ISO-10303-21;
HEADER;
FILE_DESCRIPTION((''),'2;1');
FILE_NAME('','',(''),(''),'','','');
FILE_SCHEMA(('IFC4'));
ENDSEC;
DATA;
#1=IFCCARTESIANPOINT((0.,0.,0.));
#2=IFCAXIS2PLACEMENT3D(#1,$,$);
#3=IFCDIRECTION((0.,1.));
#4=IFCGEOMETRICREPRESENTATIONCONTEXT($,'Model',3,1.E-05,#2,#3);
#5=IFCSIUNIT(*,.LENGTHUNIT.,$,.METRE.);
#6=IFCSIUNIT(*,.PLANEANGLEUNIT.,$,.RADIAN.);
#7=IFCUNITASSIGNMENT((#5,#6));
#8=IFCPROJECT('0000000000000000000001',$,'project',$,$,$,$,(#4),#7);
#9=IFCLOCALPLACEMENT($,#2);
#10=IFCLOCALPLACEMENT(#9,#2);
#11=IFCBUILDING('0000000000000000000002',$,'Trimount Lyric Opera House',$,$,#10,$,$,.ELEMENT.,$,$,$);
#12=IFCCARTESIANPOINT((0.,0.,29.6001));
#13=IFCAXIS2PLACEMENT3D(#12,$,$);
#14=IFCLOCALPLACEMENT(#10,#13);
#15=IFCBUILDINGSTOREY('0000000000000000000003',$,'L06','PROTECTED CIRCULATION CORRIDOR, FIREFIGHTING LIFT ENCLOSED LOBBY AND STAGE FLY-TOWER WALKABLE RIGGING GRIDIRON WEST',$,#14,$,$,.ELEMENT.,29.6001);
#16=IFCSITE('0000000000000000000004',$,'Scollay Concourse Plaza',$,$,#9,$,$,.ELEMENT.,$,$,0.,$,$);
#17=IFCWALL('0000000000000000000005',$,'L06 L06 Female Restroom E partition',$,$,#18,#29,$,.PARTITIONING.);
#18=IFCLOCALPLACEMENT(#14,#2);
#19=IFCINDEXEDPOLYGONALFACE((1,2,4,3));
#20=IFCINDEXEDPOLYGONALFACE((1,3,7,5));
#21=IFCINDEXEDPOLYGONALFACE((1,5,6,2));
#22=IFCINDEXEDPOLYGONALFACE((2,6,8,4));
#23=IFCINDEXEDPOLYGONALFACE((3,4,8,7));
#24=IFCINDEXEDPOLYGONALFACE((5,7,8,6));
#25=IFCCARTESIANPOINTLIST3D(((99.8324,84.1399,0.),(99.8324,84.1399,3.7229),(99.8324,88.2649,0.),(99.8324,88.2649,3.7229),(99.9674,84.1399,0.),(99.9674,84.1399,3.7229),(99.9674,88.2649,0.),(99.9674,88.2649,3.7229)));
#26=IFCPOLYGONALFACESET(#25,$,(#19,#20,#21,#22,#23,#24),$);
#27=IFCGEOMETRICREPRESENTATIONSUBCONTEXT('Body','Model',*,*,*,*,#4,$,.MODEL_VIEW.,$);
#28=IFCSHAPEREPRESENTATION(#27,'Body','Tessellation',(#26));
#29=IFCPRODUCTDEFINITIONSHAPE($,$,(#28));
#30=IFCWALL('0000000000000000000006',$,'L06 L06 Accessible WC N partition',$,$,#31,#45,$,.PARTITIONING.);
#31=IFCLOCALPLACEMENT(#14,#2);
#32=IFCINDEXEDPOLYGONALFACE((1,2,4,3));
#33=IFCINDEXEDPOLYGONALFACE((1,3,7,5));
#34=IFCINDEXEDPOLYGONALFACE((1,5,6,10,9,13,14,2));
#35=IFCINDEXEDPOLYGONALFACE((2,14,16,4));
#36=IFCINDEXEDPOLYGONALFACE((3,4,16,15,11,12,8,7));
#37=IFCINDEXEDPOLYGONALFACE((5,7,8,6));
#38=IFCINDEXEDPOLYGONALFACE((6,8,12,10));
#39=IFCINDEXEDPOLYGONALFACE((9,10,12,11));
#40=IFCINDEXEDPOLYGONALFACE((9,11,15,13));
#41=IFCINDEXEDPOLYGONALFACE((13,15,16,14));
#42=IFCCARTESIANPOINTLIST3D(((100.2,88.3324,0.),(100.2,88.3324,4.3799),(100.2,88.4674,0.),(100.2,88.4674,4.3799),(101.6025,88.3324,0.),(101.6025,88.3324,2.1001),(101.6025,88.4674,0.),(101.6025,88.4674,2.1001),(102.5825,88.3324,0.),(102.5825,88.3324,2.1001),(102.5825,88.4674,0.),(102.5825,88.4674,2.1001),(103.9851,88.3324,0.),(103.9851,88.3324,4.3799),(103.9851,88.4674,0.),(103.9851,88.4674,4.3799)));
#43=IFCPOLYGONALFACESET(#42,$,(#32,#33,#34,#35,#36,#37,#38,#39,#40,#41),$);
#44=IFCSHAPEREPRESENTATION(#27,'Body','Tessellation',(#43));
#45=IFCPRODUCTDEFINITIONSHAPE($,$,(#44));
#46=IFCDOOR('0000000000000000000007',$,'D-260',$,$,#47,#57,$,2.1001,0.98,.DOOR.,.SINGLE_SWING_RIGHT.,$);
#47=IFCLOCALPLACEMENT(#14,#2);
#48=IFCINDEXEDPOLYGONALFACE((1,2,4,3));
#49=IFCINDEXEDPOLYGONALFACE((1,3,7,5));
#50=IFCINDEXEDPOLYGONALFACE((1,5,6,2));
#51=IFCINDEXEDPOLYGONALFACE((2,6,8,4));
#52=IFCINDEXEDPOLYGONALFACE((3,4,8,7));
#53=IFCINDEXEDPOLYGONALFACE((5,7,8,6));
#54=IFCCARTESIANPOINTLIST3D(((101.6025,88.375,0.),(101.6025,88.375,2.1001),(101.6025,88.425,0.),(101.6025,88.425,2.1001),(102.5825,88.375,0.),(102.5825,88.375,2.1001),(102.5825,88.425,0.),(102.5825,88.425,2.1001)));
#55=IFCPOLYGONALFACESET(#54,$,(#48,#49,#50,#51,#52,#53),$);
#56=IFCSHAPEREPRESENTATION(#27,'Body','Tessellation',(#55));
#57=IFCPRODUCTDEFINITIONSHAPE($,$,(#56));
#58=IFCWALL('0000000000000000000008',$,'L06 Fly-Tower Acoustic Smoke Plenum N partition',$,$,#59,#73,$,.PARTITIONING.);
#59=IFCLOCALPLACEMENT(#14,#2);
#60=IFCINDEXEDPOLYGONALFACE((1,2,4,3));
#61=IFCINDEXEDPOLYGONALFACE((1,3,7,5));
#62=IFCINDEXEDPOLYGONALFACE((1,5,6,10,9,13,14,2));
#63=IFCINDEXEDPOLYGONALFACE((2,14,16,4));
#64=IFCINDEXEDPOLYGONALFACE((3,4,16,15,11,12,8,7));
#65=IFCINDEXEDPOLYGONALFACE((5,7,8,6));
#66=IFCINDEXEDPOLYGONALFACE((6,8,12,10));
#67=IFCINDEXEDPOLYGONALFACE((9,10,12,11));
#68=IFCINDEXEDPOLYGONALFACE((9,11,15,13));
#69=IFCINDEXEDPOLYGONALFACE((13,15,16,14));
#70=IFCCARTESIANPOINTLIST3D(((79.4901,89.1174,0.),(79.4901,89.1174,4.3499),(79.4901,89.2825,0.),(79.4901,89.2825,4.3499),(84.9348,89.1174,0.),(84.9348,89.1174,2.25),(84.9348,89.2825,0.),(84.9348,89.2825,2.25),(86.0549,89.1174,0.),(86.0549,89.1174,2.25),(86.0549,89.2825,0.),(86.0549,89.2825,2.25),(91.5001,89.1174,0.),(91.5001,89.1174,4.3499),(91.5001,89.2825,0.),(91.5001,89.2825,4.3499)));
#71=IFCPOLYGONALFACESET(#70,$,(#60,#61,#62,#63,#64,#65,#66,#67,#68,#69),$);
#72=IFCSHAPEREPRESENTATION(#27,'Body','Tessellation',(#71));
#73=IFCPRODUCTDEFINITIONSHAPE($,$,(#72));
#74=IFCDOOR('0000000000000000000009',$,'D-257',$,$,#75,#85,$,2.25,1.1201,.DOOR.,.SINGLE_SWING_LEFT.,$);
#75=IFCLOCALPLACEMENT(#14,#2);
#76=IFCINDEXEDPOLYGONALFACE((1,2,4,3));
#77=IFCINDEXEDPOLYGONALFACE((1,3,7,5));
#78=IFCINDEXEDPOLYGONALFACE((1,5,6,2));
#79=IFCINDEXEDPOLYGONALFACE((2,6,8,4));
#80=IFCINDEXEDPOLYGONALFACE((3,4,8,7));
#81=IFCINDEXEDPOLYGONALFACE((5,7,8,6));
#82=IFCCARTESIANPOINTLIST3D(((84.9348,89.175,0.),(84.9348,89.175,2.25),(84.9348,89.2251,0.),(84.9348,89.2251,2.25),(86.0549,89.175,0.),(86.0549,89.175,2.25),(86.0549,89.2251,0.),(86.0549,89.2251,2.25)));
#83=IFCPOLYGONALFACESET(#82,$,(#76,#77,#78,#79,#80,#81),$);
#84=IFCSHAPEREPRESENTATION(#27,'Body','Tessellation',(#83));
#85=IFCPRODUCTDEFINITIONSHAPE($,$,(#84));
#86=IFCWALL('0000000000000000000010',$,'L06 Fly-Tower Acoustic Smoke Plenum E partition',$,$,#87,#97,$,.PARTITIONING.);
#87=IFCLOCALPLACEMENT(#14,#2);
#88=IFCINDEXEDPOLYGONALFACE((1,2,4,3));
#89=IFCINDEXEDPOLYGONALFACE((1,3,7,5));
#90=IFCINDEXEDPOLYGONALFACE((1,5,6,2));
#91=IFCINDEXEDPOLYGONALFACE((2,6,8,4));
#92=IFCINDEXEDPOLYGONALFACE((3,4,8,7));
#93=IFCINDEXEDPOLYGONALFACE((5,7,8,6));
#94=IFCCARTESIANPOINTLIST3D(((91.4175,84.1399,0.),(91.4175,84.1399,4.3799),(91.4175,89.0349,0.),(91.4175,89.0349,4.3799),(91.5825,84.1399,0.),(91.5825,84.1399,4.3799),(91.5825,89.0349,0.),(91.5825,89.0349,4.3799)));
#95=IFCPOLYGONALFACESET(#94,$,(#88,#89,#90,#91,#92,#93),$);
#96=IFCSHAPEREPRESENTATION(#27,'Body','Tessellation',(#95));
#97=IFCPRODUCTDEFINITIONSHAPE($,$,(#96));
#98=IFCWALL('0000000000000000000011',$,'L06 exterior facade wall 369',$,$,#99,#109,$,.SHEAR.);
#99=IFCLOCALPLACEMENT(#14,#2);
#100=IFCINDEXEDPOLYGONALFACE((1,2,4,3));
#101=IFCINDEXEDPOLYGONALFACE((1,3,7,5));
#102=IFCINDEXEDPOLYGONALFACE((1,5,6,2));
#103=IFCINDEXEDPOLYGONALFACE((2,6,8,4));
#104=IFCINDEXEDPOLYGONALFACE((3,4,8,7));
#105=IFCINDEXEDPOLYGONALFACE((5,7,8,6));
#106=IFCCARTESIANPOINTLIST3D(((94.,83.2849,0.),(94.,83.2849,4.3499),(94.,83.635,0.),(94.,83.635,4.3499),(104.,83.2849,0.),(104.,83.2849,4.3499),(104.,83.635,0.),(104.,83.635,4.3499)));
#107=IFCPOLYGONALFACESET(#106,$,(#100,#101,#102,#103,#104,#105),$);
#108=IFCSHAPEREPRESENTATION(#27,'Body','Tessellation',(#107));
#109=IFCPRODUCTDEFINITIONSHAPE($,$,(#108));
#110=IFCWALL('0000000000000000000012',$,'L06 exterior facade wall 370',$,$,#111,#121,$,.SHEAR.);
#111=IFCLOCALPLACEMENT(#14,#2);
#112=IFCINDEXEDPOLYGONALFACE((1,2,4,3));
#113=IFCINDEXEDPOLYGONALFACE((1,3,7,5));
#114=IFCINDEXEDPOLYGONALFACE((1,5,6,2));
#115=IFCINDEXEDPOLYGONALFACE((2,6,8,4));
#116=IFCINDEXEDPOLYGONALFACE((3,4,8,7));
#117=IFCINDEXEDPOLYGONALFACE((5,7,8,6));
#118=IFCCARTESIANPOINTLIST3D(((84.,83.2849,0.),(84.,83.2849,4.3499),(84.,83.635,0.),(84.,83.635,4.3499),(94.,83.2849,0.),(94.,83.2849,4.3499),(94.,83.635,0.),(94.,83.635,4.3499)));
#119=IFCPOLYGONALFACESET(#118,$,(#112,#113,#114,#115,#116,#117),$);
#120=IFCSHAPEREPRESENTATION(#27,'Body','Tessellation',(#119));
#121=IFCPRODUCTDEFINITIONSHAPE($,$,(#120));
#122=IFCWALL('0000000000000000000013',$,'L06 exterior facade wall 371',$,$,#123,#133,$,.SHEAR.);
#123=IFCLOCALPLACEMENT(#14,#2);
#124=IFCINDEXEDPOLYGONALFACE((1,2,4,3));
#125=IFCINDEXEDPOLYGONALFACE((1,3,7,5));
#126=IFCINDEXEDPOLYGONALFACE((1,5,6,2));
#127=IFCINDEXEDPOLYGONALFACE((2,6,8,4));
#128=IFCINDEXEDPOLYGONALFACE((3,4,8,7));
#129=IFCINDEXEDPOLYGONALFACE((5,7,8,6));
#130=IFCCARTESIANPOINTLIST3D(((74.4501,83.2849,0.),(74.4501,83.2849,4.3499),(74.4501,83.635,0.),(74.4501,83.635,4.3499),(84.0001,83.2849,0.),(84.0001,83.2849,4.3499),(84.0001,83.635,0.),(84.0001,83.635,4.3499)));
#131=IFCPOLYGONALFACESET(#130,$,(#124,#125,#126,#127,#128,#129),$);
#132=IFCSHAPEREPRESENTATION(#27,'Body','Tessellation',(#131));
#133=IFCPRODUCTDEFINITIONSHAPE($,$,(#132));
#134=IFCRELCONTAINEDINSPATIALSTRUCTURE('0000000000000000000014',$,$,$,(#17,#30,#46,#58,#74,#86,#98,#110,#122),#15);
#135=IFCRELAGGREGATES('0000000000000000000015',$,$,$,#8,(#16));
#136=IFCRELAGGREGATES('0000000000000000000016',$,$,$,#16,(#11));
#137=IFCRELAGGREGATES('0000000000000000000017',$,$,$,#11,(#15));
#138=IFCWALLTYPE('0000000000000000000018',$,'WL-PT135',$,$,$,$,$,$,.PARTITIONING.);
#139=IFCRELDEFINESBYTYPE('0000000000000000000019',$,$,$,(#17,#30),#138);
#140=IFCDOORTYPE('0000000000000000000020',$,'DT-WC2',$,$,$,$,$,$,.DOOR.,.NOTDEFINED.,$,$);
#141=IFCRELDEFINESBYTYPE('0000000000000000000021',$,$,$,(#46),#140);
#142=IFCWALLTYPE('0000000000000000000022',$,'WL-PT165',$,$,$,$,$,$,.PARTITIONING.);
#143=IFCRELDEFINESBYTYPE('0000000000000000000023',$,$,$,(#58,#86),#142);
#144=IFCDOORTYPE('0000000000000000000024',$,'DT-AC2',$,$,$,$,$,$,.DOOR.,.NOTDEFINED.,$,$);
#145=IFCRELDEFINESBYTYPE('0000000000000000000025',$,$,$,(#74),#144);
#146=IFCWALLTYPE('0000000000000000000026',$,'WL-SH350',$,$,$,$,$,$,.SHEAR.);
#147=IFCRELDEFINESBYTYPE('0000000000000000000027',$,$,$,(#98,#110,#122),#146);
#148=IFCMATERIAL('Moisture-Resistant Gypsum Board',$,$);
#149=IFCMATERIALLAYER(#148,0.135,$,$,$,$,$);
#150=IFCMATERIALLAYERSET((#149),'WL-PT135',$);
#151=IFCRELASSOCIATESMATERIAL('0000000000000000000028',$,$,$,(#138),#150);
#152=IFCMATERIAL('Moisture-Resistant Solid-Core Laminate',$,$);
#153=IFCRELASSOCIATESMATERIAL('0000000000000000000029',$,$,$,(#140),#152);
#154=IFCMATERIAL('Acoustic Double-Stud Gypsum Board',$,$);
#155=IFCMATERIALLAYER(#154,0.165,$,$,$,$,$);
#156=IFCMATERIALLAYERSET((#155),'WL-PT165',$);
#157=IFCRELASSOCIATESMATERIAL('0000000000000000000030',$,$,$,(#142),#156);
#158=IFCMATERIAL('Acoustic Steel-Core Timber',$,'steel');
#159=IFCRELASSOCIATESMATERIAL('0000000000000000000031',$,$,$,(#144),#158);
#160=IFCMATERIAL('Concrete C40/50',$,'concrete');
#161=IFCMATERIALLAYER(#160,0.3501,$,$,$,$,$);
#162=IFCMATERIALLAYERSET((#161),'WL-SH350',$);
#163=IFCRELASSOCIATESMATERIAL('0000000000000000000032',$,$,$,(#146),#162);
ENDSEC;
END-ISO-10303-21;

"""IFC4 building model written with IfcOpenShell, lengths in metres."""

from ifc_helpers import new_model, si_unit, direction, frame, frame_2d, origin, place, context, subcontext, project, spatial, rectangle, extrude, material, layer, layer_set, type_object, element, fill, save


model = new_model("IFC4")

# Units and contexts
model_context = context("Model", 3, precision=1e-05, world=origin(), true_north=direction((0.0, 1.0)))
body_context = subcontext(model_context, "Body", "Model", "MODEL_VIEW")
ifc_project = project(units=[si_unit("LENGTHUNIT", "METRE"), si_unit("PLANEANGLEUNIT", "RADIAN")], contexts=[model_context])

# Site, building, storey
site_placement = place(None, origin())
site = spatial("IfcSite", under=ifc_project, at=site_placement, Name="Scollay Concourse Plaza", CompositionType="ELEMENT", RefElevation=0.0)
building_placement = place(site_placement, origin())
building = spatial("IfcBuilding", under=site, at=building_placement, Name="Trimount Lyric Opera House", CompositionType="ELEMENT")
storey_placement = place(building_placement, frame((0.0, 0.0, 29.6001)))
storey = spatial("IfcBuildingStorey", under=building, at=storey_placement, Name="L06", Description="PROTECTED CIRCULATION CORRIDOR, FIREFIGHTING LIFT ENCLOSED LOBBY AND STAGE FLY-TOWER WALKABLE RIGGING GRIDIRON WEST", CompositionType="ELEMENT", Elevation=29.6001)

# Shared definitions
ifc_material_1 = material(Name="Moisture-Resistant Gypsum Board")
ifc_layer_1 = layer(ifc_material_1, 0.135)
ifc_layer_set_1 = layer_set([ifc_layer_1], Name="WL-PT135")
wall_type_1 = type_object("IfcWallType", Name="WL-PT135", PredefinedType="PARTITIONING", material=ifc_layer_set_1)

# Wall
wall_1_placement = place(storey_placement, frame((99.8999, 84.1399, 0.0), z_axis=(0.0, 0.0, 1.0), x_axis=(0.0, 1.0, 0.0)))
element("IfcWall", 1, at=wall_1_placement, inside=storey, type_object=wall_type_1, Name="L06 L06 Female Restroom E partition", PredefinedType="PARTITIONING", context=body_context, shape_type="SweptSolid", body=[
    extrude(rectangle(XDim=4.125, YDim=0.135, at=frame_2d((2.0625, 0.0))), origin(), (0.0, 0.0, 1.0), 3.7229),
])

# Walls, openings, doors
wall_2_placement = place(storey_placement, frame((103.9851, 88.3999, 0.0), z_axis=(0.0, 0.0, 1.0), x_axis=(-1.0, 0.0, 0.0)))
wall_2 = element("IfcWall", 2, at=wall_2_placement, inside=storey, type_object=wall_type_1, Name="L06 L06 Accessible WC N partition", PredefinedType="PARTITIONING", context=body_context, shape_type="SweptSolid", body=[
    extrude(rectangle(XDim=3.7852, YDim=0.135, at=frame_2d((1.8926, 0.0))), origin(), (0.0, 0.0, 1.0), 4.3799),
])
opening_1_placement = place(wall_2_placement, frame((1.4026, 0.0, 0.0)))
opening_1 = element("IfcOpeningElement", 3, at=opening_1_placement, cuts=wall_2, PredefinedType="OPENING", context=body_context, shape_type="SweptSolid", body=[
    extrude(rectangle(XDim=0.98, YDim=2.1001, at=frame_2d((0.49, 1.05))), frame((0.0, 0.0776, 0.0), z_axis=(0.0, -1.0, 0.0), x_axis=(1.0, 0.0, 0.0)), (0.0, 0.0, 1.0), 0.155),
])
ifc_material_2 = material(Name="Moisture-Resistant Solid-Core Laminate")
door_type_1 = type_object("IfcDoorType", Name="DT-WC2", OperationType="NOTDEFINED", PredefinedType="DOOR", material=ifc_material_2)
door_1_placement = place(opening_1_placement, origin())
door_1 = element("IfcDoor", 4, at=door_1_placement, inside=storey, type_object=door_type_1, Name="D-260", OperationType="SINGLE_SWING_RIGHT", OverallHeight=2.1001, OverallWidth=0.98, PredefinedType="DOOR", context=body_context, shape_type="SweptSolid", body=[
    extrude(rectangle(XDim=0.98, YDim=2.1001, at=frame_2d((0.49, 1.05))), frame((0.0, 0.0249, 0.0), z_axis=(0.0, -1.0, 0.0), x_axis=(1.0, 0.0, 0.0)), (0.0, 0.0, 1.0), 0.05),
])
fill(opening_1, door_1)
ifc_material_3 = material(Name="Acoustic Double-Stud Gypsum Board")
ifc_layer_2 = layer(ifc_material_3, 0.165)
ifc_layer_set_2 = layer_set([ifc_layer_2], Name="WL-PT165")
wall_type_2 = type_object("IfcWallType", Name="WL-PT165", PredefinedType="PARTITIONING", material=ifc_layer_set_2)
wall_3_placement = place(storey_placement, frame((91.5, 89.2, 0.0), z_axis=(0.0, 0.0, 1.0), x_axis=(-1.0, 0.0, 0.0)))
wall_3 = element("IfcWall", 5, at=wall_3_placement, inside=storey, type_object=wall_type_2, Name="L06 Fly-Tower Acoustic Smoke Plenum N partition", PredefinedType="PARTITIONING", context=body_context, shape_type="SweptSolid", body=[
    extrude(rectangle(XDim=12.01, YDim=0.165, at=frame_2d((6.0049, 0.0))), origin(), (0.0, 0.0, 1.0), 4.3499),
])
opening_2_placement = place(wall_3_placement, frame((5.4451, 0.0, 0.0)))
opening_2 = element("IfcOpeningElement", 6, at=opening_2_placement, cuts=wall_3, PredefinedType="OPENING", context=body_context, shape_type="SweptSolid", body=[
    extrude(rectangle(XDim=1.1201, YDim=2.25, at=frame_2d((0.5601, 1.125))), frame((0.0, 0.0925, 0.0), z_axis=(0.0, -1.0, 0.0), x_axis=(1.0, 0.0, 0.0)), (0.0, 0.0, 1.0), 0.1851),
])
ifc_material_4 = material(Name="Acoustic Steel-Core Timber", Category="steel")
door_type_2 = type_object("IfcDoorType", Name="DT-AC2", OperationType="NOTDEFINED", PredefinedType="DOOR", material=ifc_material_4)
door_2_placement = place(opening_2_placement, origin())
door_2 = element("IfcDoor", 7, at=door_2_placement, inside=storey, type_object=door_type_2, Name="D-257", OperationType="SINGLE_SWING_LEFT", OverallHeight=2.25, OverallWidth=1.1201, PredefinedType="DOOR", context=body_context, shape_type="SweptSolid", body=[
    extrude(rectangle(XDim=1.1201, YDim=2.25, at=frame_2d((0.5601, 1.125))), frame((0.0, 0.0249, 0.0), z_axis=(0.0, -1.0, 0.0), x_axis=(1.0, 0.0, 0.0)), (0.0, 0.0, 1.0), 0.05),
])
fill(opening_2, door_2)

# Walls
wall_4_placement = place(storey_placement, frame((91.5, 84.1399, 0.0), z_axis=(0.0, 0.0, 1.0), x_axis=(0.0, 1.0, 0.0)))
element("IfcWall", 8, at=wall_4_placement, inside=storey, type_object=wall_type_2, Name="L06 Fly-Tower Acoustic Smoke Plenum E partition", PredefinedType="PARTITIONING", context=body_context, shape_type="SweptSolid", body=[
    extrude(rectangle(XDim=4.895, YDim=0.165, at=frame_2d((2.4475, 0.0))), origin(), (0.0, 0.0, 1.0), 4.3799),
])
ifc_material_5 = material(Name="Concrete C40/50", Category="concrete")
ifc_layer_3 = layer(ifc_material_5, 0.3501)
ifc_layer_set_3 = layer_set([ifc_layer_3], Name="WL-SH350")
wall_type_3 = type_object("IfcWallType", Name="WL-SH350", PredefinedType="SHEAR", material=ifc_layer_set_3)
for number, where, z_axis, x_axis, name in (
    (9, (104.0, 83.46, 0.0), (0.0, 0.0, 1.0), (-1.0, 0.0, 0.0), "L06 exterior facade wall 369"),
    (10, (94.0, 83.46, 0.0), (0.0, 0.0, 1.0), (-1.0, 0.0, 0.0), "L06 exterior facade wall 370"),
):
    element("IfcWall", number, at=place(storey_placement, frame(where, z_axis=z_axis, x_axis=x_axis)), inside=storey, type_object=wall_type_3, Name=name, PredefinedType="SHEAR", context=body_context, shape_type="SweptSolid", body=[
        extrude(rectangle(XDim=10.0, YDim=0.3501, at=frame_2d((5.0, 0.0))), origin(), (0.0, 0.0, 1.0), 4.3499),
    ])
wall_5_placement = place(storey_placement, frame((84.0, 83.46, 0.0), z_axis=(0.0, 0.0, 1.0), x_axis=(-1.0, 0.0, 0.0)))
element("IfcWall", 11, at=wall_5_placement, inside=storey, type_object=wall_type_3, Name="L06 exterior facade wall 371", PredefinedType="SHEAR", context=body_context, shape_type="SweptSolid", body=[
    extrude(rectangle(XDim=9.55, YDim=0.3501, at=frame_2d((4.7749, 0.0))), origin(), (0.0, 0.0, 1.0), 4.3499),
])

save(model, "model.ifc")
